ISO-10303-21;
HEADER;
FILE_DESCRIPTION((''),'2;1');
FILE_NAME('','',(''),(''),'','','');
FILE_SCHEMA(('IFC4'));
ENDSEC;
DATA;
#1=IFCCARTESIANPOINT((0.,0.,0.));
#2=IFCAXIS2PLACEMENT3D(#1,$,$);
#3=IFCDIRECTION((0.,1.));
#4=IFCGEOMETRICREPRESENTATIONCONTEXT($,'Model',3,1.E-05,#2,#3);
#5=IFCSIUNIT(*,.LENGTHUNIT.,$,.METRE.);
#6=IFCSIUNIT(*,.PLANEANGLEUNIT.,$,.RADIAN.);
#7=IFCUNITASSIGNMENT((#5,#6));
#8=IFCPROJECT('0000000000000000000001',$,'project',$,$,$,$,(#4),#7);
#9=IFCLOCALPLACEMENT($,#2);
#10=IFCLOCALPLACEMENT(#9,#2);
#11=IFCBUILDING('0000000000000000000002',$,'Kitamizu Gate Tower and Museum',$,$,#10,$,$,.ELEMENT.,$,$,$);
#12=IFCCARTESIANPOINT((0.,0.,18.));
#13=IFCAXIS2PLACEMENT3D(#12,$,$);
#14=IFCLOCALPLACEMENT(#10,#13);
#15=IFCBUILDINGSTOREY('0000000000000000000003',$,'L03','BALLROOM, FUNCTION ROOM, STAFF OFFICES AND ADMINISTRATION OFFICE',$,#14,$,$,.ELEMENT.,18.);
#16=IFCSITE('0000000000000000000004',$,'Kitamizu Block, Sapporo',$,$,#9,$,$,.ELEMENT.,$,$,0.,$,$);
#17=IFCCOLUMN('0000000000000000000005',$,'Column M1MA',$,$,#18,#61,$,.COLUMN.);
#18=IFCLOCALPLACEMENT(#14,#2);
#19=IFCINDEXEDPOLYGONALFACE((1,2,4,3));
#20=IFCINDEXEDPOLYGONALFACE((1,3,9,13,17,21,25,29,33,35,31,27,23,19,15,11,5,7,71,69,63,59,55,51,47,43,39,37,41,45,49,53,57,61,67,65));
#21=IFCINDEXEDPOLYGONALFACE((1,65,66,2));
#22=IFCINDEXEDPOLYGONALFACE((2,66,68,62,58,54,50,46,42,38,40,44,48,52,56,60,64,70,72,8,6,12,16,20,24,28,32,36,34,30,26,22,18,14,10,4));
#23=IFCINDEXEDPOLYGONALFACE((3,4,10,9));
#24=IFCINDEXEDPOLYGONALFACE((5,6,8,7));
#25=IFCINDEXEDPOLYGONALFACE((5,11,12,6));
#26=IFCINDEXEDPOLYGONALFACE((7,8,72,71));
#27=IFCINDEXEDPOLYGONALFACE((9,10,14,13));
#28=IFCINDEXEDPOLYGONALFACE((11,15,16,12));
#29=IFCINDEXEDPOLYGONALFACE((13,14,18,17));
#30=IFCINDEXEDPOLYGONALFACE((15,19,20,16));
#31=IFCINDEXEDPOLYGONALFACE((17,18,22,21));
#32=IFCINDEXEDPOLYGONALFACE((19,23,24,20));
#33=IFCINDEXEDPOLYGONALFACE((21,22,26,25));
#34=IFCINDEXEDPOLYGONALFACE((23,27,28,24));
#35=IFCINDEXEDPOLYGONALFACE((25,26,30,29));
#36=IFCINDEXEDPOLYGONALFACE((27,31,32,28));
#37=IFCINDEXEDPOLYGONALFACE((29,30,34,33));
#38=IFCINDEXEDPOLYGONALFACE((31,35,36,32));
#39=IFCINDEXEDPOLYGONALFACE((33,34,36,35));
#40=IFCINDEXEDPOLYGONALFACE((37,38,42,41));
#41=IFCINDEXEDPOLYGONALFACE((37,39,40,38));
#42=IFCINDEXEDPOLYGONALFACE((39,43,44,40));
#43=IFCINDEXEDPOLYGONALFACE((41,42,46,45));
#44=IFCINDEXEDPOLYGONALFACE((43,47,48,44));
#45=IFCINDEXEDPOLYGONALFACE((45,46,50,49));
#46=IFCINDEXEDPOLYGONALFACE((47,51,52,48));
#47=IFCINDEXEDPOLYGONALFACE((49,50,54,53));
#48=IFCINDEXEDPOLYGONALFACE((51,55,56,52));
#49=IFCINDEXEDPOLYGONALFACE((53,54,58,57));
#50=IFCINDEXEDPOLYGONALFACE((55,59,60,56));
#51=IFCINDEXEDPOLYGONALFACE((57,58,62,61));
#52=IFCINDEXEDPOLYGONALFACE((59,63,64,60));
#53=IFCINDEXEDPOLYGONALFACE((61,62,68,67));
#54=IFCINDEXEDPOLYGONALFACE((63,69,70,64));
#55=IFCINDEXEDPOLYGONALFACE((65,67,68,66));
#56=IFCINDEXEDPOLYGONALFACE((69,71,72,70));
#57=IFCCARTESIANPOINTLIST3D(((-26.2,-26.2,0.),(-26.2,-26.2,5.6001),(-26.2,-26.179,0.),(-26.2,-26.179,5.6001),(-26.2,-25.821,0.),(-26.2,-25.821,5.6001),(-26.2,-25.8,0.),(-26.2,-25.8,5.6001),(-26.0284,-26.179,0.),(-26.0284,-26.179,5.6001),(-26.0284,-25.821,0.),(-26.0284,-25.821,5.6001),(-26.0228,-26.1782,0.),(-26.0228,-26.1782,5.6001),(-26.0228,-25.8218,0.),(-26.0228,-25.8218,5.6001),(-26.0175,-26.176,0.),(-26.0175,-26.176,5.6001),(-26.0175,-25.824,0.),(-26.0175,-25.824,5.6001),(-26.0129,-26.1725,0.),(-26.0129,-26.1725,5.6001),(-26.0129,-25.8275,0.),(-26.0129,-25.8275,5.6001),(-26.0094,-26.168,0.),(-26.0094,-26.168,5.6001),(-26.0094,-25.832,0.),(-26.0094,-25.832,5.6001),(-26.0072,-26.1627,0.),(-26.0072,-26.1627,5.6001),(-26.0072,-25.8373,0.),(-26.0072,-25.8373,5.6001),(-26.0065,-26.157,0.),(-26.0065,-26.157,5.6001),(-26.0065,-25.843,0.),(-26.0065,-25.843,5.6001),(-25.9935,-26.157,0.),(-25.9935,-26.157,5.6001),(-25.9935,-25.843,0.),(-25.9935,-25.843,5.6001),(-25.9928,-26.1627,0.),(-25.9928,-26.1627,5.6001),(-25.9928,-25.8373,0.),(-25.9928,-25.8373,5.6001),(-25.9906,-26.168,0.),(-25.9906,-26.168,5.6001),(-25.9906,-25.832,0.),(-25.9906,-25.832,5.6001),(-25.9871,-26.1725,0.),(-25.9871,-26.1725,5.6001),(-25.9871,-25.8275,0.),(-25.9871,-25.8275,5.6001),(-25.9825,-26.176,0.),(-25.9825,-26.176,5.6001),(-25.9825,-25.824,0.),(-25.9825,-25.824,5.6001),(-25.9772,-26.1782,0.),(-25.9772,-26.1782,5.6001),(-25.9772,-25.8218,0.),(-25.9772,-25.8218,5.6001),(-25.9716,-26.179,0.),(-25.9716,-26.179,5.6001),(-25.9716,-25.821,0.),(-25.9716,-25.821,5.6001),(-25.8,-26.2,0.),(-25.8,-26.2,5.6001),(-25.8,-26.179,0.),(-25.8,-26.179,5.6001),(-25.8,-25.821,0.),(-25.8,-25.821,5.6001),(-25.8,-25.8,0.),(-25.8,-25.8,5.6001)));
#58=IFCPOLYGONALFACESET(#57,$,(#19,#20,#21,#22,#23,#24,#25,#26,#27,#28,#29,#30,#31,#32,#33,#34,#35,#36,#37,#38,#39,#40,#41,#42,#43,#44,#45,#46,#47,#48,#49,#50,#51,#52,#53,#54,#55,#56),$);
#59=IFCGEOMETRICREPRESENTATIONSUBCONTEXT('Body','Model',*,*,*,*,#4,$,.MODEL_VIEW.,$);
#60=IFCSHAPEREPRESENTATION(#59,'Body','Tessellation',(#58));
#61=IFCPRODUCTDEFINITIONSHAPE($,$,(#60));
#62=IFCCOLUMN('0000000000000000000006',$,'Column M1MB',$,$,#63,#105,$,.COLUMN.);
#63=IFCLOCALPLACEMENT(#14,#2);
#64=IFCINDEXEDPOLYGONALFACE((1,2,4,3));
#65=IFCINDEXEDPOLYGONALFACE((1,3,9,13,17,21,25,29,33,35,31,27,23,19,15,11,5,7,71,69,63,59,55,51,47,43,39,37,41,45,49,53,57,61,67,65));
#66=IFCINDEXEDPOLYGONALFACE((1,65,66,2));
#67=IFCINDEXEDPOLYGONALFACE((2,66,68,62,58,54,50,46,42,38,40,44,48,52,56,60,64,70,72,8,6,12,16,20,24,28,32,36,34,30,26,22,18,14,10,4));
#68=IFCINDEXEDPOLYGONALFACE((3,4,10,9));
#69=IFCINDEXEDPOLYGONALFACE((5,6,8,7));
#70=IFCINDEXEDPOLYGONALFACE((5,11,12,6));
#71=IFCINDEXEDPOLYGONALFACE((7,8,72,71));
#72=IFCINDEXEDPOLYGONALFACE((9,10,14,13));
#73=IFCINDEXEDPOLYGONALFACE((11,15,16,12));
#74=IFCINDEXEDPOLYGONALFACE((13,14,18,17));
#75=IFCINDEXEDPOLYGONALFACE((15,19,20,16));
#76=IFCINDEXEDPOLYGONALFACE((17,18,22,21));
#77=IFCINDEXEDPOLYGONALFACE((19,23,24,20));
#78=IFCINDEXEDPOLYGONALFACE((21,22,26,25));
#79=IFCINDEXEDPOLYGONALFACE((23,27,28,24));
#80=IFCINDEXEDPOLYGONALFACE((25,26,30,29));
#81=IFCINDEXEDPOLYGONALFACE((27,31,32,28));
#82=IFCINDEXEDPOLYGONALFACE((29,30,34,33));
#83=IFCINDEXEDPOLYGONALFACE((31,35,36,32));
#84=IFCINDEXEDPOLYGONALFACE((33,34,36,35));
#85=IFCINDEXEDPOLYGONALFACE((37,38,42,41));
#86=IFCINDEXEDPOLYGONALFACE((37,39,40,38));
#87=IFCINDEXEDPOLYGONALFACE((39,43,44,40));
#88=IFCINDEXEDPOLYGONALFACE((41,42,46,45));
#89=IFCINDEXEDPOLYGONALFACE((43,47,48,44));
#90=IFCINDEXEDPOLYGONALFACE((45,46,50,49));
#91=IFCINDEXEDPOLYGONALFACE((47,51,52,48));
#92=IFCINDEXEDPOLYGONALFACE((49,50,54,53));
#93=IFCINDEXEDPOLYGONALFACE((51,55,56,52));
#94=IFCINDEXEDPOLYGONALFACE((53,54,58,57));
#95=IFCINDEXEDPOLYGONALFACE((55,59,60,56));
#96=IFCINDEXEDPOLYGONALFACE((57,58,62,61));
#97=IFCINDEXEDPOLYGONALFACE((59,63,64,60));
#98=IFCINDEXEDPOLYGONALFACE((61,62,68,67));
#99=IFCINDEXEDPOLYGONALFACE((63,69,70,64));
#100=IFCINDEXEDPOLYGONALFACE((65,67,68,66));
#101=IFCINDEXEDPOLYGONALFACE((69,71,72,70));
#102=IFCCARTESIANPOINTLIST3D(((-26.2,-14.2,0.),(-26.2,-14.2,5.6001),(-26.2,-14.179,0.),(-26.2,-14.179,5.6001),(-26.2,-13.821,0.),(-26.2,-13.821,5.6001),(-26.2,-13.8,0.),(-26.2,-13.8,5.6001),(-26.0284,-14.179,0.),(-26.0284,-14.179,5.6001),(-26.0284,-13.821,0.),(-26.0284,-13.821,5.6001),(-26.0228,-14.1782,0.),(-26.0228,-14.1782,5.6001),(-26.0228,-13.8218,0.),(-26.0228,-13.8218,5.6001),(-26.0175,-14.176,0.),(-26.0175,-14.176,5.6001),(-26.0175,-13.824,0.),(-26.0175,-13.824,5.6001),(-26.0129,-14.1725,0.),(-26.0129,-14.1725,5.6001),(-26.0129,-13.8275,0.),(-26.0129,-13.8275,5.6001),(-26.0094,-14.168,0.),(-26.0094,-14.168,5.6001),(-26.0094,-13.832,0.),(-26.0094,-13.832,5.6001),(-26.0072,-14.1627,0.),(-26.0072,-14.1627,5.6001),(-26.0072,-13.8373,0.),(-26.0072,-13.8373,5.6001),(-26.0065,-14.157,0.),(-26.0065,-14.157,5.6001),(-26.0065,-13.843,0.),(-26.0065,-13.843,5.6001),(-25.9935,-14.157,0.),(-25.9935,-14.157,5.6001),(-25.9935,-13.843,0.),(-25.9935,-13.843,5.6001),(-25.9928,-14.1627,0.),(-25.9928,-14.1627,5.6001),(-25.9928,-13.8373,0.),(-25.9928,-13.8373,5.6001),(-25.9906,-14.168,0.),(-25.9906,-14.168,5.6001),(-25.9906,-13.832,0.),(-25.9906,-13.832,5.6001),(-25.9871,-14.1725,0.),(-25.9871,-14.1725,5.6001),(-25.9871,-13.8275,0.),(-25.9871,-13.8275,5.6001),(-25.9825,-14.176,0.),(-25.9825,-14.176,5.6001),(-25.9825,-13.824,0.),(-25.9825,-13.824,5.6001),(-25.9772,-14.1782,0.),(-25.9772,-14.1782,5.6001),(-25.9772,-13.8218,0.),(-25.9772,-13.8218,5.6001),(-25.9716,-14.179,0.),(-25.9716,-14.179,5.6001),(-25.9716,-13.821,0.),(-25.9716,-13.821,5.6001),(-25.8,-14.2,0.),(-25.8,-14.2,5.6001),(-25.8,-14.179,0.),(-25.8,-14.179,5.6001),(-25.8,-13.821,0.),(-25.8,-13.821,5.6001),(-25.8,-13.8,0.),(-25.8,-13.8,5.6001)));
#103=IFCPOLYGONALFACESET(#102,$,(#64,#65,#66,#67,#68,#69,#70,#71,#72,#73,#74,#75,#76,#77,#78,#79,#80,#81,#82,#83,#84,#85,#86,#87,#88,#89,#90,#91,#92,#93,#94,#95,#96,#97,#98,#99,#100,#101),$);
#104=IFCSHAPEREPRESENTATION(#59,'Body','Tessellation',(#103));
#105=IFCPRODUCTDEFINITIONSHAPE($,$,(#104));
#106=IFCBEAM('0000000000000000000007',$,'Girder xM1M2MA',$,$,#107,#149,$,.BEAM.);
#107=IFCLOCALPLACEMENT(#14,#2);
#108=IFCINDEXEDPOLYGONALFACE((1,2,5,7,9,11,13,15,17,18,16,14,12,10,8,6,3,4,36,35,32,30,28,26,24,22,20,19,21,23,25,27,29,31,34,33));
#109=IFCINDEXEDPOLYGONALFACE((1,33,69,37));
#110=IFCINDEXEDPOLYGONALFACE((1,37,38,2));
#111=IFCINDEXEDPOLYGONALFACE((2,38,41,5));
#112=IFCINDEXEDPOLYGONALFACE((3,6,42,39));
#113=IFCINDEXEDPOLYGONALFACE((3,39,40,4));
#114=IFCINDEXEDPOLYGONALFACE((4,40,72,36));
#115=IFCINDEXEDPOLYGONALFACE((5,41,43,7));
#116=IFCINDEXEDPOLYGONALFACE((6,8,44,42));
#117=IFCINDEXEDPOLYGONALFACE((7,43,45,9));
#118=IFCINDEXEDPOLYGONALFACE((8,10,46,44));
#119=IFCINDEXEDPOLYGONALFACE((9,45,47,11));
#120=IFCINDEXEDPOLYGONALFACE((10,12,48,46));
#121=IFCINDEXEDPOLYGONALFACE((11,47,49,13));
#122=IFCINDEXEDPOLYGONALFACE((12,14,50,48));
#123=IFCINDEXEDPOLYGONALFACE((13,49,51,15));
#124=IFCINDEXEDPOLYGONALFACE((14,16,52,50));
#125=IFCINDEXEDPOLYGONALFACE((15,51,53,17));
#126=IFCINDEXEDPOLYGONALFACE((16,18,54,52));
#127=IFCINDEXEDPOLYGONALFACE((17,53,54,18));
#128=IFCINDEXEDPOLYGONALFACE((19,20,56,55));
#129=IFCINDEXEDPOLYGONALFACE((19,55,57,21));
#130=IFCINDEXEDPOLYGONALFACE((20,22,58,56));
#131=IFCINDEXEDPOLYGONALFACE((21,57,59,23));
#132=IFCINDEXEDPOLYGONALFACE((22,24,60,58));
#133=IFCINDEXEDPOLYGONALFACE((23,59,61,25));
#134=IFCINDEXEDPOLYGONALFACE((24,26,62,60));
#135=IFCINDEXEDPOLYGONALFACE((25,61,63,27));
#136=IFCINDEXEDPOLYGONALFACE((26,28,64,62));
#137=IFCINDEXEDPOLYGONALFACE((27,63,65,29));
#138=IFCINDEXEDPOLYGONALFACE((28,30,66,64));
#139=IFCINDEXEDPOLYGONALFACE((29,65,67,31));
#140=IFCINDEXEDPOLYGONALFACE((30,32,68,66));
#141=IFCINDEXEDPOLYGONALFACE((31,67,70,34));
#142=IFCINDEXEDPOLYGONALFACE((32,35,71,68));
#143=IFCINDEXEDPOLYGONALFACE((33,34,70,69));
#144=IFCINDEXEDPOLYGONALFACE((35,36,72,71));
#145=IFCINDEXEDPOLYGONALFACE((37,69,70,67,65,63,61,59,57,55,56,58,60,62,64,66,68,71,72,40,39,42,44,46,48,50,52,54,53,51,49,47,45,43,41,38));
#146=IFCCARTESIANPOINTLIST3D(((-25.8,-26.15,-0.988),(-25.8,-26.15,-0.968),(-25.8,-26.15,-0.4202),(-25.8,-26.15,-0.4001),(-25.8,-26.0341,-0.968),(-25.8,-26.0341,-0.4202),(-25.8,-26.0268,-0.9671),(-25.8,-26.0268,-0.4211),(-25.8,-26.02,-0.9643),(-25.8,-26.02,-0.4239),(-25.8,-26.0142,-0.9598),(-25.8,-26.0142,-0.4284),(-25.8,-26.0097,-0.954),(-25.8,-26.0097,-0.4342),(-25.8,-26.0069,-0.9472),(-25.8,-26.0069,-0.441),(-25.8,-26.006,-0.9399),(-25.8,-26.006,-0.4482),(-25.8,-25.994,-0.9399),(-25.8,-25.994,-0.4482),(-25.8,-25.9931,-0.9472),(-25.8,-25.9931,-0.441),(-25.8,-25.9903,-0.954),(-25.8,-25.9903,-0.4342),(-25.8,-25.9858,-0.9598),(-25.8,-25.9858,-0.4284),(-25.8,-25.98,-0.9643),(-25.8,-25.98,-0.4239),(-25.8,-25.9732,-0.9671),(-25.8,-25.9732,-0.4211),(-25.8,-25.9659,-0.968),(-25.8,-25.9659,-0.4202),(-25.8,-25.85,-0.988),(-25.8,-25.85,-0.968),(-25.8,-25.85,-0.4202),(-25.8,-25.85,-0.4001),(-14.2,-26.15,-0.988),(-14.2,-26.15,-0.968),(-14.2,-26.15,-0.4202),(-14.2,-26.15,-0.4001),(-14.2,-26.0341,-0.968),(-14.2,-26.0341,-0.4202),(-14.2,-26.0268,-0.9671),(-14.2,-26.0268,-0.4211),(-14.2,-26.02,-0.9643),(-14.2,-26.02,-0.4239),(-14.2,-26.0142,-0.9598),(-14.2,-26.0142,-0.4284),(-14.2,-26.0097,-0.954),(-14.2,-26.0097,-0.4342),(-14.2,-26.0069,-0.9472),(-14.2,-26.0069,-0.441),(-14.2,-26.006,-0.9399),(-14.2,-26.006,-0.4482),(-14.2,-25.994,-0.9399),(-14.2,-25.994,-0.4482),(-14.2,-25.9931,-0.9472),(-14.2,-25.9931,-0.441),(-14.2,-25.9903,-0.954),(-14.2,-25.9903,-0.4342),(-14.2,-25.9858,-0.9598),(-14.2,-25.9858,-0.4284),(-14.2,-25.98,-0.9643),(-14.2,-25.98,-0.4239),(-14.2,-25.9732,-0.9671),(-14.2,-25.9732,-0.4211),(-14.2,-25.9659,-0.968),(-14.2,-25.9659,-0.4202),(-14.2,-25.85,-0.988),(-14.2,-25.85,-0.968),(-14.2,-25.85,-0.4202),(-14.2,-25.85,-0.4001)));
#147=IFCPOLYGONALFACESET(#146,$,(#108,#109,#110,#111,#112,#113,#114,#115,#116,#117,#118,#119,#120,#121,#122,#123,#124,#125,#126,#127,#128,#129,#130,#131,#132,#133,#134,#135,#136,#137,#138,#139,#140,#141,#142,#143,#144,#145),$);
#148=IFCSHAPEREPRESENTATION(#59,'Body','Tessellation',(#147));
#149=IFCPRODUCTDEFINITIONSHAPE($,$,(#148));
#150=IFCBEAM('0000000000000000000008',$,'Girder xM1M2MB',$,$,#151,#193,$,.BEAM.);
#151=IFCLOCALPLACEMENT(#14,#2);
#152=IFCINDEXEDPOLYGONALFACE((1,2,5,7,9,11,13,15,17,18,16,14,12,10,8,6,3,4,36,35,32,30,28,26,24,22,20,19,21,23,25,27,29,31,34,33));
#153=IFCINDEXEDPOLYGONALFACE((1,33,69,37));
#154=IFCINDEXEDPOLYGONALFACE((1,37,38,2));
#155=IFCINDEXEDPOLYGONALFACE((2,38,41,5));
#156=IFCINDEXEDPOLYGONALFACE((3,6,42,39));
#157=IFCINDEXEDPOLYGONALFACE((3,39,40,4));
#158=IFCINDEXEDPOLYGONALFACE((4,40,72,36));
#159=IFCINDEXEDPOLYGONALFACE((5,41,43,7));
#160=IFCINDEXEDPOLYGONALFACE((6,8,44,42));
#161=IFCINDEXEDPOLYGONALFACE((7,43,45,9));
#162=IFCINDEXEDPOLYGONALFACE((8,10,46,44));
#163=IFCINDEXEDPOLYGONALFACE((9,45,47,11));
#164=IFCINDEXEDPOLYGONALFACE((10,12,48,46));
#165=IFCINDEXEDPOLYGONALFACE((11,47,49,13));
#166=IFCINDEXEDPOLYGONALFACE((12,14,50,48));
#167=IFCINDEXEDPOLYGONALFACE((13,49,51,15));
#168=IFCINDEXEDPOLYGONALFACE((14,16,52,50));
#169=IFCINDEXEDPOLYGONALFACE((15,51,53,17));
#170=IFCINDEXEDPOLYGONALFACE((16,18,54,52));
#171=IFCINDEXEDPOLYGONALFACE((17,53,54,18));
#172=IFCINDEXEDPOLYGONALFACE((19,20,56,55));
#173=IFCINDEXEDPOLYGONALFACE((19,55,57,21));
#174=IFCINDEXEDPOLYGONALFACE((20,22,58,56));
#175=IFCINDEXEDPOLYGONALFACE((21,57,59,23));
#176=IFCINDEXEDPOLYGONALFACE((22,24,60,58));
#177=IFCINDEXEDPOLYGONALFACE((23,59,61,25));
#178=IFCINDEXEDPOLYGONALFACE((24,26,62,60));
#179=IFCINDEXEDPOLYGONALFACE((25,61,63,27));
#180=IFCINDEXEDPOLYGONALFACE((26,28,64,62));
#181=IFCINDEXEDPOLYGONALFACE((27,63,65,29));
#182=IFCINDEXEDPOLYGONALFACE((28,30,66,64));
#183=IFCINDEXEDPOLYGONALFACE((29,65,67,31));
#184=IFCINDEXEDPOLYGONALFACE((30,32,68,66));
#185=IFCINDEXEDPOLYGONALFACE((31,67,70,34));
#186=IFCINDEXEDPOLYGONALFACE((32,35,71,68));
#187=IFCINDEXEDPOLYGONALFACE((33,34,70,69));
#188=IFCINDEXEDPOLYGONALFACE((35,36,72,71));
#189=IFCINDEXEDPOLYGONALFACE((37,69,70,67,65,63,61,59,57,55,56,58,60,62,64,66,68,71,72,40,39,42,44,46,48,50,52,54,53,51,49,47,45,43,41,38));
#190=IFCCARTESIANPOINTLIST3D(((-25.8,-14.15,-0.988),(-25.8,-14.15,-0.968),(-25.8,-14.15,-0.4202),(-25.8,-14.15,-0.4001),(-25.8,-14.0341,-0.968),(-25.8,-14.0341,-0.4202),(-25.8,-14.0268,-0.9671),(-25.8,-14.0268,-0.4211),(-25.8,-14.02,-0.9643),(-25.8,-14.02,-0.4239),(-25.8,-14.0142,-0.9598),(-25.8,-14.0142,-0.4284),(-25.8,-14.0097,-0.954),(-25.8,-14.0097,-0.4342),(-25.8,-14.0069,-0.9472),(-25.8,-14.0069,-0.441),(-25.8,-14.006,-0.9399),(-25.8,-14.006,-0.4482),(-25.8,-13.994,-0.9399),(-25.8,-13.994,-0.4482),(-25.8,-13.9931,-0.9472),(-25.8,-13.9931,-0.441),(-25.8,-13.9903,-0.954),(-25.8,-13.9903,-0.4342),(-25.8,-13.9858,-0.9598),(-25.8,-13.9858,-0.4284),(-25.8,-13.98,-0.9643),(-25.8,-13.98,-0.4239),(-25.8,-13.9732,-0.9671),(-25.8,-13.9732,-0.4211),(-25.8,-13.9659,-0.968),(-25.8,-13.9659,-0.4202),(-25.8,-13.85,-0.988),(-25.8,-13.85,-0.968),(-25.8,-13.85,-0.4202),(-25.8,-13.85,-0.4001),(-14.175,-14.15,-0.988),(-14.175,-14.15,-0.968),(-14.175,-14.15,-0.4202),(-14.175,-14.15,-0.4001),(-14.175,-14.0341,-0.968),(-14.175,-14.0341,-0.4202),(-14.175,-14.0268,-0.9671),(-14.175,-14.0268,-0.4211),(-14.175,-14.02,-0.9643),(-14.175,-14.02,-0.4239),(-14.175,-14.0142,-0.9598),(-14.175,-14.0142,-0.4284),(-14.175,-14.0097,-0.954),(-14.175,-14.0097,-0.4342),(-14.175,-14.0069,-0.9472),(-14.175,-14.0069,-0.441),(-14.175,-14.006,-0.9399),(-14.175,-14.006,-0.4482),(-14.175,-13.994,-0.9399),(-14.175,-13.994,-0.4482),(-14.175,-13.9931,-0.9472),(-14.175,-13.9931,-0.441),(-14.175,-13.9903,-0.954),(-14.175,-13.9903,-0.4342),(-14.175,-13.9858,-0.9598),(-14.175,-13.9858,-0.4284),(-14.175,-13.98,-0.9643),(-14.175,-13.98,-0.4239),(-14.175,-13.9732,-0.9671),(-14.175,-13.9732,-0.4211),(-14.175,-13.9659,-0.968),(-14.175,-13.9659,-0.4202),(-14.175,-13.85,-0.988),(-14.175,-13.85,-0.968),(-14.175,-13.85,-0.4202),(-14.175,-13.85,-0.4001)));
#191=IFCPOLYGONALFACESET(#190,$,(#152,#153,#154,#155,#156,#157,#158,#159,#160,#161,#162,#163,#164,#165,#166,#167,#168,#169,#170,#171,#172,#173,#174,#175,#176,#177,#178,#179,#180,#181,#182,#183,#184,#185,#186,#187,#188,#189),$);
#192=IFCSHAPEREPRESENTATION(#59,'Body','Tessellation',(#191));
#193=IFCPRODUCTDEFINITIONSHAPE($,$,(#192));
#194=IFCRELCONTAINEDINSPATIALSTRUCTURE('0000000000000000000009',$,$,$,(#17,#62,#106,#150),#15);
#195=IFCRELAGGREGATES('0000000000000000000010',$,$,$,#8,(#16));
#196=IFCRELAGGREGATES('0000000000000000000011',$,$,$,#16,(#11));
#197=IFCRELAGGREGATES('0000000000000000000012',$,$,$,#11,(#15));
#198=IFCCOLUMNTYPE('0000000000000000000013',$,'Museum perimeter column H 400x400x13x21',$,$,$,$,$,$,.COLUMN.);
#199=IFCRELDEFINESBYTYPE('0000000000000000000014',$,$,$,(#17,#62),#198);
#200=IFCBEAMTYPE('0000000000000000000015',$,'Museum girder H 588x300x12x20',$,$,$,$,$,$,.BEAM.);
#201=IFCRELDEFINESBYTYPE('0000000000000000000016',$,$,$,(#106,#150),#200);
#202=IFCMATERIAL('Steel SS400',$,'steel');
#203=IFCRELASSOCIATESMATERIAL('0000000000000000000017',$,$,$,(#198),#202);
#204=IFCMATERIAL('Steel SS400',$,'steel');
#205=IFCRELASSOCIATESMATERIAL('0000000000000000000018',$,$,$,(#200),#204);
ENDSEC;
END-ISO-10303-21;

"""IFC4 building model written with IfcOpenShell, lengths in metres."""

from ifc_helpers import new_model, si_unit, direction, frame, origin, origin_2d, place, context, subcontext, project, spatial, i_section, extrude, material, material_profile, profile_set, type_object, element, save


model = new_model("IFC4")

# Units and contexts
model_context = context("Model", 3, precision=1e-05, world=origin(), true_north=direction((0.0, 1.0)))
body_context = subcontext(model_context, "Body", "Model", "MODEL_VIEW")
ifc_project = project(units=[si_unit("LENGTHUNIT", "METRE"), si_unit("PLANEANGLEUNIT", "RADIAN")], contexts=[model_context])

# Site, building, storey
site_placement = place(None, origin())
site = spatial("IfcSite", under=ifc_project, at=site_placement, Name="Kitamizu Block, Sapporo", CompositionType="ELEMENT", RefElevation=0.0)
building_placement = place(site_placement, origin())
building = spatial("IfcBuilding", under=site, at=building_placement, Name="Kitamizu Gate Tower and Museum", CompositionType="ELEMENT")
storey_placement = place(building_placement, frame((0.0, 0.0, 18.0)))
storey = spatial("IfcBuildingStorey", under=building, at=storey_placement, Name="L03", Description="BALLROOM, FUNCTION ROOM, STAFF OFFICES AND ADMINISTRATION OFFICE", CompositionType="ELEMENT", Elevation=18.0)

# Columns
ifc_material_1 = material(Name="Steel SS400", Category="steel")
ifc_material_profile_1 = material_profile(ifc_material_1, i_section(OverallWidth=0.3999, OverallDepth=0.3999, WebThickness=0.0129, FlangeThickness=0.021, FilletRadius=0.022, at=origin_2d()), Name="H-400x400x13x21")
ifc_profile_set_1 = profile_set([ifc_material_profile_1], Name="Steel SS400")
column_type = type_object("IfcColumnType", Name="Museum perimeter column H 400x400x13x21", PredefinedType="COLUMN", material=ifc_profile_set_1)
for number, where, z_axis, x_axis, name in (
    (1, (-26.0, -26.0, 0.0), (0.0, 0.0, 1.0), (1.0, 0.0, 0.0), "Column M1MA"),
    (2, (-26.0, -14.0, 0.0), (0.0, 0.0, 1.0), (1.0, 0.0, 0.0), "Column M1MB"),
):
    element("IfcColumn", number, at=place(storey_placement, frame(where, z_axis=z_axis, x_axis=x_axis)), inside=storey, type_object=column_type, Name=name, PredefinedType="COLUMN", context=body_context, shape_type="SweptSolid", body=[
        extrude(i_section(OverallWidth=0.3999, OverallDepth=0.3999, WebThickness=0.0129, FlangeThickness=0.021, FilletRadius=0.022, at=origin_2d()), origin(), (0.0, 0.0, 1.0), 5.6001),
    ])

# Beams
ifc_material_2 = material(Name="Steel SS400", Category="steel")
ifc_material_profile_2 = material_profile(ifc_material_2, i_section(OverallWidth=0.3, OverallDepth=0.5879, WebThickness=0.012, FlangeThickness=0.02, FilletRadius=0.0281, at=origin_2d()), Name="H-588x300x12x20")
ifc_profile_set_2 = profile_set([ifc_material_profile_2], Name="Steel SS400")
beam_type_1 = type_object("IfcBeamType", Name="Museum girder H 588x300x12x20", PredefinedType="BEAM", material=ifc_profile_set_2)
beam_1_placement = place(storey_placement, frame((-25.8, -26.0, -0.6941), z_axis=(1.0, 0.0, 0.0), x_axis=(0.0, 1.0, 0.0)))
element("IfcBeam", 3, at=beam_1_placement, inside=storey, type_object=beam_type_1, Name="Girder xM1M2MA", PredefinedType="BEAM", context=body_context, shape_type="SweptSolid", body=[
    extrude(i_section(OverallWidth=0.3, OverallDepth=0.5879, WebThickness=0.012, FlangeThickness=0.02, FilletRadius=0.0281, at=origin_2d()), origin(), (0.0, 0.0, 1.0), 11.6001),
])
beam_2_placement = place(storey_placement, frame((-25.8, -14.0, -0.6941), z_axis=(1.0, 0.0, 0.0), x_axis=(0.0, 1.0, 0.0)))
element("IfcBeam", 4, at=beam_2_placement, inside=storey, type_object=beam_type_1, Name="Girder xM1M2MB", PredefinedType="BEAM", context=body_context, shape_type="SweptSolid", body=[
    extrude(i_section(OverallWidth=0.3, OverallDepth=0.5879, WebThickness=0.012, FlangeThickness=0.02, FilletRadius=0.0281, at=origin_2d()), origin(), (0.0, 0.0, 1.0), 11.625),
])

save(model, "model.ifc")
